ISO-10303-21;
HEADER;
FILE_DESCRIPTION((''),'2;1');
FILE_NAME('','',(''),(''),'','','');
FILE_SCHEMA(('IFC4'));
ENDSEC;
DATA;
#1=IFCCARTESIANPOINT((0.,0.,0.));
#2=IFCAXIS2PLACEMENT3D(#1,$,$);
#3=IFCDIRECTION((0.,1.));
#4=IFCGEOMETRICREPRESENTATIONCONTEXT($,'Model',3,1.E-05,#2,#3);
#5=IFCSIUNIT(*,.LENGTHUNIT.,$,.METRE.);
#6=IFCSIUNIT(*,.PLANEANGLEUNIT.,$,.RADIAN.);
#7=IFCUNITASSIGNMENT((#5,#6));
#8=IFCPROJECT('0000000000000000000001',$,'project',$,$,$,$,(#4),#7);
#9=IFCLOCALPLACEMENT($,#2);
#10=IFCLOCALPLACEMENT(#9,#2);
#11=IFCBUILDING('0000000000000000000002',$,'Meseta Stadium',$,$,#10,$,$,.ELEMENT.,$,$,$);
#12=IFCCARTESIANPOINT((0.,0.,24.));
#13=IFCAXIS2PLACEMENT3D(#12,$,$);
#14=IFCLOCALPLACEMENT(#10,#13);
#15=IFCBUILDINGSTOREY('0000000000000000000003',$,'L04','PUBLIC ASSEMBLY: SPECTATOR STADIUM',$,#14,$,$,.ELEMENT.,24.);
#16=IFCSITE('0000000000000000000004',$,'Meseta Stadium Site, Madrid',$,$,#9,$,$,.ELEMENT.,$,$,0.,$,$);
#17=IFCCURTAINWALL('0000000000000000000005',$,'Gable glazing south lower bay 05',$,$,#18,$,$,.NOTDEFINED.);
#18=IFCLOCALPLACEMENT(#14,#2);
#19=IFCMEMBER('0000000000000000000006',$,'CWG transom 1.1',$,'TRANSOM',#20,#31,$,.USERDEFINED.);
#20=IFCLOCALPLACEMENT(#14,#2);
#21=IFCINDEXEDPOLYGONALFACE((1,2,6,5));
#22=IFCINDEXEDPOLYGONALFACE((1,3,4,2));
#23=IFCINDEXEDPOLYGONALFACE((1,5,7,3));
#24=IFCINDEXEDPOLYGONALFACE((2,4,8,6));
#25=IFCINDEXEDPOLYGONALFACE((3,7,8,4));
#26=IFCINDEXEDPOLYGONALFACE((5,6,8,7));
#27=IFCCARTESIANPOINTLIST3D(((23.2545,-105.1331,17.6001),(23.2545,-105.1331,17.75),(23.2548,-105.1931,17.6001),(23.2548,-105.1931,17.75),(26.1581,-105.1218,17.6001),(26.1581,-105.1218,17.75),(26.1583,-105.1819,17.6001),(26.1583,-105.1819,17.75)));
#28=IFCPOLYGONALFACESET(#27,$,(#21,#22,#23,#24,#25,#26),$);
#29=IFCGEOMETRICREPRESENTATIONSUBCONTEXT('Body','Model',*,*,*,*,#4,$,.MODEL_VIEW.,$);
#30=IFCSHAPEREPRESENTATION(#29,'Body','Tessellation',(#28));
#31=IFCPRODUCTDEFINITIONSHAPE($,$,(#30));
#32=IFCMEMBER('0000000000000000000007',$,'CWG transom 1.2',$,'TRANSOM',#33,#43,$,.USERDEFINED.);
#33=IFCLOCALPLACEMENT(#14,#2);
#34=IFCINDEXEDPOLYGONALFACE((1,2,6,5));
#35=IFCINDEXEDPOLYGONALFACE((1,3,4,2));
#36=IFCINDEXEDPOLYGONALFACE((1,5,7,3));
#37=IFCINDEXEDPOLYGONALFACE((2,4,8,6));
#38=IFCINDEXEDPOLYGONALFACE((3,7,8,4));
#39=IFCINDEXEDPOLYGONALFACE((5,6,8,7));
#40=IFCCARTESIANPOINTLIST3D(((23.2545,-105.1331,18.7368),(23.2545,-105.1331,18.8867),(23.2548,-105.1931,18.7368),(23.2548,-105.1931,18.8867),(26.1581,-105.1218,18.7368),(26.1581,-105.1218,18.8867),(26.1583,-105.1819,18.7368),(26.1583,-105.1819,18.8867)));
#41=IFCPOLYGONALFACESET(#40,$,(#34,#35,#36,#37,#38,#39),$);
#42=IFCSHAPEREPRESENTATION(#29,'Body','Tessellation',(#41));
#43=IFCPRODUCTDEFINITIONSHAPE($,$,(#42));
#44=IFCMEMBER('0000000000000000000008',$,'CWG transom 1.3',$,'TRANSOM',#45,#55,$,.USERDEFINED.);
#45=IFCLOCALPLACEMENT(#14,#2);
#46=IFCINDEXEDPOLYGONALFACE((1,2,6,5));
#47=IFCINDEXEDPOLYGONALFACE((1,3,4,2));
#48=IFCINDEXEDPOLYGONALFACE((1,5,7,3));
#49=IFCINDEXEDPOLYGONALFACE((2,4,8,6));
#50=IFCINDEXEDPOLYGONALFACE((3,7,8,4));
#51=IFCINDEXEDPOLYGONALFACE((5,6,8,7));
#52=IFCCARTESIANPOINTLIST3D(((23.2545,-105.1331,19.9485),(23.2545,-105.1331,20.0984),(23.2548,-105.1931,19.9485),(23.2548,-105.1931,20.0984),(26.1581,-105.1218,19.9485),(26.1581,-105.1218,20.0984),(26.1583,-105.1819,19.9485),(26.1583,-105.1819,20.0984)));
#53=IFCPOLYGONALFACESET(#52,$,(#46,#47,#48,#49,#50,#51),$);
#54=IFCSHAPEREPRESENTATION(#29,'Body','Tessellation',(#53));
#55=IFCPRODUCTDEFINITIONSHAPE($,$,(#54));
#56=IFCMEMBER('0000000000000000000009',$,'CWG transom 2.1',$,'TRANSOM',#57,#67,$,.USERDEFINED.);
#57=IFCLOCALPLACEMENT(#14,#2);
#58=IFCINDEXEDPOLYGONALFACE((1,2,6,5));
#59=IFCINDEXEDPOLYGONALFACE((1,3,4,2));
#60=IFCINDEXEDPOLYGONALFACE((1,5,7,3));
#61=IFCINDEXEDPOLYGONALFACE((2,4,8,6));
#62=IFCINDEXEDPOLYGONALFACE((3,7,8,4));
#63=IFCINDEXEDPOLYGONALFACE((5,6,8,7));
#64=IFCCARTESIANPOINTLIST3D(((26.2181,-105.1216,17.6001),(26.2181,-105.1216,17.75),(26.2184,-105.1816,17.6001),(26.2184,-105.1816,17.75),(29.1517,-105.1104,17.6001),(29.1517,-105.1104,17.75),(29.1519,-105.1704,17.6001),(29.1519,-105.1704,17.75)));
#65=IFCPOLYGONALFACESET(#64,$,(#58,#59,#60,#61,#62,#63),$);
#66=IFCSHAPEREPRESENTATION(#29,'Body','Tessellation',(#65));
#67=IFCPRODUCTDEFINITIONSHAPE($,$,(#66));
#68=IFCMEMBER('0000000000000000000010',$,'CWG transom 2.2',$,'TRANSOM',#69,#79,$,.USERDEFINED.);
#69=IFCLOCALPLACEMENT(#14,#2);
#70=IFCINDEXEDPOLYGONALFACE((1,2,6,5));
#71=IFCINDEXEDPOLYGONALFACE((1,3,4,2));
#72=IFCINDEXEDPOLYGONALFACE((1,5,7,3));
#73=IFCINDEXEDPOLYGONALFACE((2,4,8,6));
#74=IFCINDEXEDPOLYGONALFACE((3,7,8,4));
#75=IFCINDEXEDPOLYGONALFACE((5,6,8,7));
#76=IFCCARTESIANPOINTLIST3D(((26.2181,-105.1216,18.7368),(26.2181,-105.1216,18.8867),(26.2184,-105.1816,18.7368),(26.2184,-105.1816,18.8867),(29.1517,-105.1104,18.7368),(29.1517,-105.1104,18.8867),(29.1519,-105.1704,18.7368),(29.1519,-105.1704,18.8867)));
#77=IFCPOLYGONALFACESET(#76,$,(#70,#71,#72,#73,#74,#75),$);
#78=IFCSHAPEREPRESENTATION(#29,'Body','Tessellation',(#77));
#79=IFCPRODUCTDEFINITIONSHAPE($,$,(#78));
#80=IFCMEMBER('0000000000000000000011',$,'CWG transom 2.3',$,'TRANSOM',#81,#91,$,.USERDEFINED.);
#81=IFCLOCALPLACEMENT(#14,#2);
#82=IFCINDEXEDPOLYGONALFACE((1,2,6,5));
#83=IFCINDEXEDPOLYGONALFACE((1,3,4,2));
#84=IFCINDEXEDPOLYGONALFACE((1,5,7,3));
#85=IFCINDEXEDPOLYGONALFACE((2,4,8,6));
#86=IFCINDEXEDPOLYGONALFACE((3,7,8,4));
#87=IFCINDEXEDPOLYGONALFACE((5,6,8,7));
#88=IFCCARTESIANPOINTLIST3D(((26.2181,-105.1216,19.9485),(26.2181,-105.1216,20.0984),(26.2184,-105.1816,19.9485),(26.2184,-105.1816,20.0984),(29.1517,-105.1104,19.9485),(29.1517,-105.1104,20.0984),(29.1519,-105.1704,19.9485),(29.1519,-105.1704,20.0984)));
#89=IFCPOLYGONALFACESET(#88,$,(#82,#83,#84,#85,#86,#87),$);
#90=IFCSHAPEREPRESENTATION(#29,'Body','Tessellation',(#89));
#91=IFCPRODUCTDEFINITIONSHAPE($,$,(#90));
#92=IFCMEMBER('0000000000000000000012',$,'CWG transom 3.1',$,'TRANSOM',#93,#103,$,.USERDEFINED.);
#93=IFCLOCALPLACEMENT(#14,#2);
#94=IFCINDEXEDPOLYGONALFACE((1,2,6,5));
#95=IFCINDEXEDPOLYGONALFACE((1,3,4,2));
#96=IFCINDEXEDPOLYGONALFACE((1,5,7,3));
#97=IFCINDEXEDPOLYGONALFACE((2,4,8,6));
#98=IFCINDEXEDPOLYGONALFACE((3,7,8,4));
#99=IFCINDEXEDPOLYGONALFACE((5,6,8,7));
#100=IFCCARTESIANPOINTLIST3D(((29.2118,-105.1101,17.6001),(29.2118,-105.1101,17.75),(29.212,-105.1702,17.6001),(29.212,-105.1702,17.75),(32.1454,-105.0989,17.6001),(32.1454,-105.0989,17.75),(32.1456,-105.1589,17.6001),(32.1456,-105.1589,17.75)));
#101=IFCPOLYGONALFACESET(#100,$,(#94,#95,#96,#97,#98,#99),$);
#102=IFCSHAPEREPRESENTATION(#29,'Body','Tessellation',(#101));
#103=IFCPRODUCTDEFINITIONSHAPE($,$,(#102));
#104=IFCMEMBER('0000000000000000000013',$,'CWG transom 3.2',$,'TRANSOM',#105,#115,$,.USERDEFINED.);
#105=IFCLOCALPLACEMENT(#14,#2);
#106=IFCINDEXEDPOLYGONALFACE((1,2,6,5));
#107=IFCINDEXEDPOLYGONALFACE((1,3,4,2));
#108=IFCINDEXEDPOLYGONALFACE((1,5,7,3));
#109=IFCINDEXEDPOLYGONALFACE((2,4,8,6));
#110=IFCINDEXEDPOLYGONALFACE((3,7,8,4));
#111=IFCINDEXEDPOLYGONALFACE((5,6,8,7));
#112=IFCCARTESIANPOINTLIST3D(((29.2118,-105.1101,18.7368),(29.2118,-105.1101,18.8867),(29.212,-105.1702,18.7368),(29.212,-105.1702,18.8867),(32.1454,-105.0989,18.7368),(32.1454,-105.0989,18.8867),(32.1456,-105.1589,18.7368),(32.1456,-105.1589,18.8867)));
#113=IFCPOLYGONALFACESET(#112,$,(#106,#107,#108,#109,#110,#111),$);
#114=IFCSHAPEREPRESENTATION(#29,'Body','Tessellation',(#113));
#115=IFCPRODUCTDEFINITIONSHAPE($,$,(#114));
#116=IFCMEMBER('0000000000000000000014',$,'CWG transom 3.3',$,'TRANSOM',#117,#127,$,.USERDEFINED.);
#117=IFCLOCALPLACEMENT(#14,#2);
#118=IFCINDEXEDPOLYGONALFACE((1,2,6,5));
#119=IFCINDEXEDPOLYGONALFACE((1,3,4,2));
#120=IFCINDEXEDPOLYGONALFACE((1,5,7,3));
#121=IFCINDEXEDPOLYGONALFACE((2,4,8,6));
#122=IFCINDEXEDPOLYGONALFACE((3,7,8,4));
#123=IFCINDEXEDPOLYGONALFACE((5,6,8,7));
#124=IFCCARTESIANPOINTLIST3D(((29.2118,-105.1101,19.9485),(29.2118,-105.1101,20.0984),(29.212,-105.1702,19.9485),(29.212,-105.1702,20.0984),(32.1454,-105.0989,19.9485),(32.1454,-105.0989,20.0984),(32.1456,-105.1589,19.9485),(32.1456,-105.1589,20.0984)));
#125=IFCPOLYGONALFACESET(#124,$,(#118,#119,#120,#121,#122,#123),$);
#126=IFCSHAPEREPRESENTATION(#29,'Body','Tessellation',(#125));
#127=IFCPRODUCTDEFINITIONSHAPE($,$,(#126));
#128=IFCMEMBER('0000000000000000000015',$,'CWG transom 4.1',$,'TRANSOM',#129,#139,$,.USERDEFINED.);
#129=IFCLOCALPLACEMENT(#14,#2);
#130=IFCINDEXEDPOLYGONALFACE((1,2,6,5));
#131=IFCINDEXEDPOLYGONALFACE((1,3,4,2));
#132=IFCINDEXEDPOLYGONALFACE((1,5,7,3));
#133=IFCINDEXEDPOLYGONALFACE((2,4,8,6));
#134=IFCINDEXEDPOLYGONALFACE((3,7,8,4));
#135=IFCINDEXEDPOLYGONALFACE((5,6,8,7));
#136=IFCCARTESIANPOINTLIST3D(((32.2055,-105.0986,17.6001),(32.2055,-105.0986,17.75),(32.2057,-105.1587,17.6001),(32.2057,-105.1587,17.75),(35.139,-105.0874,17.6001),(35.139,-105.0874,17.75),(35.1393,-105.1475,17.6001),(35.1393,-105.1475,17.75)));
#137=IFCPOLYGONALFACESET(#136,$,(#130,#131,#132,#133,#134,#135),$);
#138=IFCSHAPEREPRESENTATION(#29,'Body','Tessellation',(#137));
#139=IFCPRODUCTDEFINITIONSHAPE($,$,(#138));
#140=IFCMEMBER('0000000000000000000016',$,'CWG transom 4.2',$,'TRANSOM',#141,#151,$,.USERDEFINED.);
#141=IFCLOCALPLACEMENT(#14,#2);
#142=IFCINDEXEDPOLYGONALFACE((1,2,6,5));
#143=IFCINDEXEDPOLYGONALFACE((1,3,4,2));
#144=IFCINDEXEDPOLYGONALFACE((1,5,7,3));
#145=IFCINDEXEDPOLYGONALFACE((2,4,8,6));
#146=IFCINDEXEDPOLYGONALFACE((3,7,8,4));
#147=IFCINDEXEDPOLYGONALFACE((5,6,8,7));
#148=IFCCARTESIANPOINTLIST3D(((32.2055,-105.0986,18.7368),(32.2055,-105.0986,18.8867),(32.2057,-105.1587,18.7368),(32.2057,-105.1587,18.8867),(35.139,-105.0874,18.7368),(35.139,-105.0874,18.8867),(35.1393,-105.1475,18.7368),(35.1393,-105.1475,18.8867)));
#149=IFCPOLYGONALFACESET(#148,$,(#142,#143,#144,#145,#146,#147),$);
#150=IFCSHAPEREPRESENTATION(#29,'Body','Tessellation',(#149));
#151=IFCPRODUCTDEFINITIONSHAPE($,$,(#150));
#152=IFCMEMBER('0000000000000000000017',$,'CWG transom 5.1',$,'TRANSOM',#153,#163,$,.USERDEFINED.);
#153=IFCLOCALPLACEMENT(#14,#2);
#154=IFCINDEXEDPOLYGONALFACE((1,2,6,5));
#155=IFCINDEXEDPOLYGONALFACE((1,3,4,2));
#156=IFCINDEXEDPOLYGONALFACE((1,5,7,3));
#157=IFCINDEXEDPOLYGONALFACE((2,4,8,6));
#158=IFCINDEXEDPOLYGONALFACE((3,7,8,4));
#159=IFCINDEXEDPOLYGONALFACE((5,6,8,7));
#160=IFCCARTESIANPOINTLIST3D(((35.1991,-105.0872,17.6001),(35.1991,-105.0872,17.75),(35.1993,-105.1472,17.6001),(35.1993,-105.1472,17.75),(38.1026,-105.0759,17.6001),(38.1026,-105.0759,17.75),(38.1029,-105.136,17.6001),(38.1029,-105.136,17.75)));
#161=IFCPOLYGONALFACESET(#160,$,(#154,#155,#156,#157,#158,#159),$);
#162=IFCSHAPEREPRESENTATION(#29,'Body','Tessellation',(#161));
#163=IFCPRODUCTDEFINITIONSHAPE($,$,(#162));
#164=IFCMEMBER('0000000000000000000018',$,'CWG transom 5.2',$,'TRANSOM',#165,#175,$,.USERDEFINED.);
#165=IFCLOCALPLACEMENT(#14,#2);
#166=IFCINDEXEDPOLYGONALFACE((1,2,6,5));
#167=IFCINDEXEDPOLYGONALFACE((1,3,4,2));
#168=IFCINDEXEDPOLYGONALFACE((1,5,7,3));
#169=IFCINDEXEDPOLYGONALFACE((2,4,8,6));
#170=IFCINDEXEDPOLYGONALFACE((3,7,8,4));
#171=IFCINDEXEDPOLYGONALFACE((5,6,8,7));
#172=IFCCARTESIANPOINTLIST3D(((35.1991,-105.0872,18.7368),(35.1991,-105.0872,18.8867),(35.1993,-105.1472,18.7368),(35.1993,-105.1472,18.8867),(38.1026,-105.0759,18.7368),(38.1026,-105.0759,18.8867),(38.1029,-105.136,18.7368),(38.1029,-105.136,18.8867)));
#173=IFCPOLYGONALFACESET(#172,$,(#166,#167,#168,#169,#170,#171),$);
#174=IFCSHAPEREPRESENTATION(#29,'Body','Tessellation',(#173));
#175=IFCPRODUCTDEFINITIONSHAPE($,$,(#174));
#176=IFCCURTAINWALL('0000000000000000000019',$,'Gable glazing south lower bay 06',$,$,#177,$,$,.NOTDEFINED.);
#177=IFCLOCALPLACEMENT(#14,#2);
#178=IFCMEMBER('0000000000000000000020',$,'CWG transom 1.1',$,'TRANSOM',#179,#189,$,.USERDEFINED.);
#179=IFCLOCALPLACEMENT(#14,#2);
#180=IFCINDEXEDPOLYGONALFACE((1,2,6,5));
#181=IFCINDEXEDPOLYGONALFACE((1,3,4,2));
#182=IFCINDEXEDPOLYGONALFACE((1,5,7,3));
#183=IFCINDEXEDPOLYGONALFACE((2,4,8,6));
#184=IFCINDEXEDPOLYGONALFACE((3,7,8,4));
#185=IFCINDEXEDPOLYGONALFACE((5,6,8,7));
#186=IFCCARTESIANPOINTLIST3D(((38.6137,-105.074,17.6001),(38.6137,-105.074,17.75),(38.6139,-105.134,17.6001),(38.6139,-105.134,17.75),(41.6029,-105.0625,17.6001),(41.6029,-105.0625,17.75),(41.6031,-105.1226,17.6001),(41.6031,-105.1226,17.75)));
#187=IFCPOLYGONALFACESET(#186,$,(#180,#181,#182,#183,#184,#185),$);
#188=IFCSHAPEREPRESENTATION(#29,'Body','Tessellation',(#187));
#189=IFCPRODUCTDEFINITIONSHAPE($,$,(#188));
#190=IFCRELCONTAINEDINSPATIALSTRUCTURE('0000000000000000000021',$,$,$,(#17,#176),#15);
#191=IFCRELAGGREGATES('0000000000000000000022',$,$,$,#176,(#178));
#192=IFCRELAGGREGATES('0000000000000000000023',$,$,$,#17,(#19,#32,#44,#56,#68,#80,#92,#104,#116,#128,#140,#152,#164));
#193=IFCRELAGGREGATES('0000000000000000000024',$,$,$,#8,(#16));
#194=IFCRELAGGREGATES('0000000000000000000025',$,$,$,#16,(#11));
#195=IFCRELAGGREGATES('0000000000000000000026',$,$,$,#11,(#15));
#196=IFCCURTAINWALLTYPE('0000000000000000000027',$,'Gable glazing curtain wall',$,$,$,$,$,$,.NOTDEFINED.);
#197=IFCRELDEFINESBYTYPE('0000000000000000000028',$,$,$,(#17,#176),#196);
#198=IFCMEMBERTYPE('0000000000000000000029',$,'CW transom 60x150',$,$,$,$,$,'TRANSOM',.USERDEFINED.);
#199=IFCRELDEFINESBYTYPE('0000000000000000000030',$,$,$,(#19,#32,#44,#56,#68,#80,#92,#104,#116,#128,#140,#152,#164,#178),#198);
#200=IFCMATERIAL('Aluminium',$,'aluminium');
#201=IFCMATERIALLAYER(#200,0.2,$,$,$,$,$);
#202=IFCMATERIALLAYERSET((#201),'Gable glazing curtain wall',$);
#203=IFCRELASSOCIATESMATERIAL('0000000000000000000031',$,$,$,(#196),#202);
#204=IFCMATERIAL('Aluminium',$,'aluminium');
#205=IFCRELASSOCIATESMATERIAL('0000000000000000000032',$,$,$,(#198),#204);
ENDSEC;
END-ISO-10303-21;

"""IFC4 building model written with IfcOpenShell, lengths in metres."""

from ifc_helpers import new_model, si_unit, direction, frame, origin, origin_2d, place, context, subcontext, project, spatial, rectangle, extrude, material, layer, layer_set, material_profile, profile_set, type_object, element, aggregate, save


model = new_model("IFC4")

# Units and contexts
model_context = context("Model", 3, precision=1e-05, world=origin(), true_north=direction((0.0, 1.0)))
body_context = subcontext(model_context, "Body", "Model", "MODEL_VIEW")
ifc_project = project(units=[si_unit("LENGTHUNIT", "METRE"), si_unit("PLANEANGLEUNIT", "RADIAN")], contexts=[model_context])

# Site, building, storey
site_placement = place(None, origin())
site = spatial("IfcSite", under=ifc_project, at=site_placement, Name="Meseta Stadium Site, Madrid", CompositionType="ELEMENT", RefElevation=0.0)
building_placement = place(site_placement, origin())
building = spatial("IfcBuilding", under=site, at=building_placement, Name="Meseta Stadium", CompositionType="ELEMENT")
storey_placement = place(building_placement, frame((0.0, 0.0, 24.0)))
storey = spatial("IfcBuildingStorey", under=building, at=storey_placement, Name="L04", Description="PUBLIC ASSEMBLY: SPECTATOR STADIUM", CompositionType="ELEMENT", Elevation=24.0)

# Curtain walls, members
ifc_material_1 = material(Name="Aluminium", Category="aluminium")
ifc_layer_1 = layer(ifc_material_1, 0.2)
ifc_layer_set_1 = layer_set([ifc_layer_1], Name="Gable glazing curtain wall")
curtain_wall_type = type_object("IfcCurtainWallType", Name="Gable glazing curtain wall", PredefinedType="NOTDEFINED", material=ifc_layer_set_1)
curtain_wall_1_placement = place(storey_placement, origin())
curtain_wall_1 = element("IfcCurtainWall", 1, at=curtain_wall_1_placement, inside=storey, type_object=curtain_wall_type, Name="Gable glazing south lower bay 05", PredefinedType="NOTDEFINED")
ifc_material_2 = material(Name="Aluminium", Category="aluminium")
ifc_material_profile = material_profile(ifc_material_2, rectangle(XDim=0.0601, YDim=0.1499, at=origin_2d()), Name="CW 60x150")
ifc_profile_set = profile_set([ifc_material_profile], Name="Aluminium")
member_type = type_object("IfcMemberType", Name="CW transom 60x150", ElementType="TRANSOM", PredefinedType="USERDEFINED", material=ifc_profile_set)
member_1_placement = place(storey_placement, frame((23.2546, -105.1631, 17.675), z_axis=(0.999993, 0.003868, 0.0), x_axis=(-0.003868, 0.999993, 0.0)))
member_1 = element("IfcMember", 2, at=member_1_placement, type_object=member_type, Name="CWG transom 1.1", ObjectType="TRANSOM", PredefinedType="USERDEFINED", context=body_context, shape_type="SweptSolid", body=[
    extrude(rectangle(XDim=0.0601, YDim=0.1499, at=origin_2d()), origin(), (0.0, 0.0, 1.0), 2.9036),
])
member_2_placement = place(storey_placement, frame((23.2546, -105.1631, 18.8118), z_axis=(0.999993, 0.003868, 0.0), x_axis=(-0.003868, 0.999993, 0.0)))
member_2 = element("IfcMember", 3, at=member_2_placement, type_object=member_type, Name="CWG transom 1.2", ObjectType="TRANSOM", PredefinedType="USERDEFINED", context=body_context, shape_type="SweptSolid", body=[
    extrude(rectangle(XDim=0.0601, YDim=0.1499, at=origin_2d()), origin(), (0.0, 0.0, 1.0), 2.9036),
])
member_3_placement = place(storey_placement, frame((23.2546, -105.1631, 20.0234), z_axis=(0.999993, 0.003868, 0.0), x_axis=(-0.003868, 0.999993, 0.0)))
member_3 = element("IfcMember", 4, at=member_3_placement, type_object=member_type, Name="CWG transom 1.3", ObjectType="TRANSOM", PredefinedType="USERDEFINED", context=body_context, shape_type="SweptSolid", body=[
    extrude(rectangle(XDim=0.0601, YDim=0.1499, at=origin_2d()), origin(), (0.0, 0.0, 1.0), 2.9036),
])
member_4_placement = place(storey_placement, frame((26.2183, -105.1516, 17.675), z_axis=(0.999993, 0.003828, 0.0), x_axis=(-0.003828, 0.999993, 0.0)))
member_4 = element("IfcMember", 5, at=member_4_placement, type_object=member_type, Name="CWG transom 2.1", ObjectType="TRANSOM", PredefinedType="USERDEFINED", context=body_context, shape_type="SweptSolid", body=[
    extrude(rectangle(XDim=0.0601, YDim=0.1499, at=origin_2d()), origin(), (0.0, 0.0, 1.0), 2.9336),
])
member_5_placement = place(storey_placement, frame((26.2183, -105.1516, 18.8118), z_axis=(0.999993, 0.003828, 0.0), x_axis=(-0.003828, 0.999993, 0.0)))
member_5 = element("IfcMember", 6, at=member_5_placement, type_object=member_type, Name="CWG transom 2.2", ObjectType="TRANSOM", PredefinedType="USERDEFINED", context=body_context, shape_type="SweptSolid", body=[
    extrude(rectangle(XDim=0.0601, YDim=0.1499, at=origin_2d()), origin(), (0.0, 0.0, 1.0), 2.9336),
])
member_6_placement = place(storey_placement, frame((26.2183, -105.1516, 20.0234), z_axis=(0.999993, 0.003828, 0.0), x_axis=(-0.003828, 0.999993, 0.0)))
member_6 = element("IfcMember", 7, at=member_6_placement, type_object=member_type, Name="CWG transom 2.3", ObjectType="TRANSOM", PredefinedType="USERDEFINED", context=body_context, shape_type="SweptSolid", body=[
    extrude(rectangle(XDim=0.0601, YDim=0.1499, at=origin_2d()), origin(), (0.0, 0.0, 1.0), 2.9336),
])
member_7_placement = place(storey_placement, frame((29.2119, -105.1401, 17.675), z_axis=(0.999993, 0.003828, 0.0), x_axis=(-0.003828, 0.999993, 0.0)))
member_7 = element("IfcMember", 8, at=member_7_placement, type_object=member_type, Name="CWG transom 3.1", ObjectType="TRANSOM", PredefinedType="USERDEFINED", context=body_context, shape_type="SweptSolid", body=[
    extrude(rectangle(XDim=0.0601, YDim=0.1499, at=origin_2d()), origin(), (0.0, 0.0, 1.0), 2.9336),
])
member_8_placement = place(storey_placement, frame((29.2119, -105.1401, 18.8118), z_axis=(0.999993, 0.003828, 0.0), x_axis=(-0.003828, 0.999993, 0.0)))
member_8 = element("IfcMember", 9, at=member_8_placement, type_object=member_type, Name="CWG transom 3.2", ObjectType="TRANSOM", PredefinedType="USERDEFINED", context=body_context, shape_type="SweptSolid", body=[
    extrude(rectangle(XDim=0.0601, YDim=0.1499, at=origin_2d()), origin(), (0.0, 0.0, 1.0), 2.9336),
])
member_9_placement = place(storey_placement, frame((29.2119, -105.1401, 20.0234), z_axis=(0.999993, 0.003828, 0.0), x_axis=(-0.003828, 0.999993, 0.0)))
member_9 = element("IfcMember", 10, at=member_9_placement, type_object=member_type, Name="CWG transom 3.3", ObjectType="TRANSOM", PredefinedType="USERDEFINED", context=body_context, shape_type="SweptSolid", body=[
    extrude(rectangle(XDim=0.0601, YDim=0.1499, at=origin_2d()), origin(), (0.0, 0.0, 1.0), 2.9336),
])
member_10_placement = place(storey_placement, frame((32.2056, -105.1287, 17.675), z_axis=(0.999993, 0.003828, 0.0), x_axis=(-0.003828, 0.999993, 0.0)))
member_10 = element("IfcMember", 11, at=member_10_placement, type_object=member_type, Name="CWG transom 4.1", ObjectType="TRANSOM", PredefinedType="USERDEFINED", context=body_context, shape_type="SweptSolid", body=[
    extrude(rectangle(XDim=0.0601, YDim=0.1499, at=origin_2d()), origin(), (0.0, 0.0, 1.0), 2.9336),
])
member_11_placement = place(storey_placement, frame((32.2056, -105.1287, 18.8118), z_axis=(0.999993, 0.003828, 0.0), x_axis=(-0.003828, 0.999993, 0.0)))
member_11 = element("IfcMember", 12, at=member_11_placement, type_object=member_type, Name="CWG transom 4.2", ObjectType="TRANSOM", PredefinedType="USERDEFINED", context=body_context, shape_type="SweptSolid", body=[
    extrude(rectangle(XDim=0.0601, YDim=0.1499, at=origin_2d()), origin(), (0.0, 0.0, 1.0), 2.9336),
])
member_12_placement = place(storey_placement, frame((35.1992, -105.1172, 17.675), z_axis=(0.999993, 0.003868, 0.0), x_axis=(-0.003868, 0.999993, 0.0)))
member_12 = element("IfcMember", 13, at=member_12_placement, type_object=member_type, Name="CWG transom 5.1", ObjectType="TRANSOM", PredefinedType="USERDEFINED", context=body_context, shape_type="SweptSolid", body=[
    extrude(rectangle(XDim=0.0601, YDim=0.1499, at=origin_2d()), origin(), (0.0, 0.0, 1.0), 2.9036),
])
member_13_placement = place(storey_placement, frame((35.1992, -105.1172, 18.8118), z_axis=(0.999993, 0.003868, 0.0), x_axis=(-0.003868, 0.999993, 0.0)))
member_13 = element("IfcMember", 14, at=member_13_placement, type_object=member_type, Name="CWG transom 5.2", ObjectType="TRANSOM", PredefinedType="USERDEFINED", context=body_context, shape_type="SweptSolid", body=[
    extrude(rectangle(XDim=0.0601, YDim=0.1499, at=origin_2d()), origin(), (0.0, 0.0, 1.0), 2.9036),
])
curtain_wall_2_placement = place(storey_placement, origin())
curtain_wall_2 = element("IfcCurtainWall", 15, at=curtain_wall_2_placement, inside=storey, type_object=curtain_wall_type, Name="Gable glazing south lower bay 06", PredefinedType="NOTDEFINED")
member_14_placement = place(storey_placement, frame((38.6138, -105.104, 17.675), z_axis=(0.999993, 0.003839, 0.0), x_axis=(-0.003839, 0.999993, 0.0)))
member_14 = element("IfcMember", 16, at=member_14_placement, type_object=member_type, Name="CWG transom 1.1", ObjectType="TRANSOM", PredefinedType="USERDEFINED", context=body_context, shape_type="SweptSolid", body=[
    extrude(rectangle(XDim=0.0601, YDim=0.1499, at=origin_2d()), origin(), (0.0, 0.0, 1.0), 2.9893),
])
aggregate(curtain_wall_2, [member_14])

aggregate(curtain_wall_1, [member_1, member_2, member_3, member_4, member_5, member_6, member_7, member_8, member_9, member_10, member_11, member_12, member_13])

save(model, "model.ifc")
